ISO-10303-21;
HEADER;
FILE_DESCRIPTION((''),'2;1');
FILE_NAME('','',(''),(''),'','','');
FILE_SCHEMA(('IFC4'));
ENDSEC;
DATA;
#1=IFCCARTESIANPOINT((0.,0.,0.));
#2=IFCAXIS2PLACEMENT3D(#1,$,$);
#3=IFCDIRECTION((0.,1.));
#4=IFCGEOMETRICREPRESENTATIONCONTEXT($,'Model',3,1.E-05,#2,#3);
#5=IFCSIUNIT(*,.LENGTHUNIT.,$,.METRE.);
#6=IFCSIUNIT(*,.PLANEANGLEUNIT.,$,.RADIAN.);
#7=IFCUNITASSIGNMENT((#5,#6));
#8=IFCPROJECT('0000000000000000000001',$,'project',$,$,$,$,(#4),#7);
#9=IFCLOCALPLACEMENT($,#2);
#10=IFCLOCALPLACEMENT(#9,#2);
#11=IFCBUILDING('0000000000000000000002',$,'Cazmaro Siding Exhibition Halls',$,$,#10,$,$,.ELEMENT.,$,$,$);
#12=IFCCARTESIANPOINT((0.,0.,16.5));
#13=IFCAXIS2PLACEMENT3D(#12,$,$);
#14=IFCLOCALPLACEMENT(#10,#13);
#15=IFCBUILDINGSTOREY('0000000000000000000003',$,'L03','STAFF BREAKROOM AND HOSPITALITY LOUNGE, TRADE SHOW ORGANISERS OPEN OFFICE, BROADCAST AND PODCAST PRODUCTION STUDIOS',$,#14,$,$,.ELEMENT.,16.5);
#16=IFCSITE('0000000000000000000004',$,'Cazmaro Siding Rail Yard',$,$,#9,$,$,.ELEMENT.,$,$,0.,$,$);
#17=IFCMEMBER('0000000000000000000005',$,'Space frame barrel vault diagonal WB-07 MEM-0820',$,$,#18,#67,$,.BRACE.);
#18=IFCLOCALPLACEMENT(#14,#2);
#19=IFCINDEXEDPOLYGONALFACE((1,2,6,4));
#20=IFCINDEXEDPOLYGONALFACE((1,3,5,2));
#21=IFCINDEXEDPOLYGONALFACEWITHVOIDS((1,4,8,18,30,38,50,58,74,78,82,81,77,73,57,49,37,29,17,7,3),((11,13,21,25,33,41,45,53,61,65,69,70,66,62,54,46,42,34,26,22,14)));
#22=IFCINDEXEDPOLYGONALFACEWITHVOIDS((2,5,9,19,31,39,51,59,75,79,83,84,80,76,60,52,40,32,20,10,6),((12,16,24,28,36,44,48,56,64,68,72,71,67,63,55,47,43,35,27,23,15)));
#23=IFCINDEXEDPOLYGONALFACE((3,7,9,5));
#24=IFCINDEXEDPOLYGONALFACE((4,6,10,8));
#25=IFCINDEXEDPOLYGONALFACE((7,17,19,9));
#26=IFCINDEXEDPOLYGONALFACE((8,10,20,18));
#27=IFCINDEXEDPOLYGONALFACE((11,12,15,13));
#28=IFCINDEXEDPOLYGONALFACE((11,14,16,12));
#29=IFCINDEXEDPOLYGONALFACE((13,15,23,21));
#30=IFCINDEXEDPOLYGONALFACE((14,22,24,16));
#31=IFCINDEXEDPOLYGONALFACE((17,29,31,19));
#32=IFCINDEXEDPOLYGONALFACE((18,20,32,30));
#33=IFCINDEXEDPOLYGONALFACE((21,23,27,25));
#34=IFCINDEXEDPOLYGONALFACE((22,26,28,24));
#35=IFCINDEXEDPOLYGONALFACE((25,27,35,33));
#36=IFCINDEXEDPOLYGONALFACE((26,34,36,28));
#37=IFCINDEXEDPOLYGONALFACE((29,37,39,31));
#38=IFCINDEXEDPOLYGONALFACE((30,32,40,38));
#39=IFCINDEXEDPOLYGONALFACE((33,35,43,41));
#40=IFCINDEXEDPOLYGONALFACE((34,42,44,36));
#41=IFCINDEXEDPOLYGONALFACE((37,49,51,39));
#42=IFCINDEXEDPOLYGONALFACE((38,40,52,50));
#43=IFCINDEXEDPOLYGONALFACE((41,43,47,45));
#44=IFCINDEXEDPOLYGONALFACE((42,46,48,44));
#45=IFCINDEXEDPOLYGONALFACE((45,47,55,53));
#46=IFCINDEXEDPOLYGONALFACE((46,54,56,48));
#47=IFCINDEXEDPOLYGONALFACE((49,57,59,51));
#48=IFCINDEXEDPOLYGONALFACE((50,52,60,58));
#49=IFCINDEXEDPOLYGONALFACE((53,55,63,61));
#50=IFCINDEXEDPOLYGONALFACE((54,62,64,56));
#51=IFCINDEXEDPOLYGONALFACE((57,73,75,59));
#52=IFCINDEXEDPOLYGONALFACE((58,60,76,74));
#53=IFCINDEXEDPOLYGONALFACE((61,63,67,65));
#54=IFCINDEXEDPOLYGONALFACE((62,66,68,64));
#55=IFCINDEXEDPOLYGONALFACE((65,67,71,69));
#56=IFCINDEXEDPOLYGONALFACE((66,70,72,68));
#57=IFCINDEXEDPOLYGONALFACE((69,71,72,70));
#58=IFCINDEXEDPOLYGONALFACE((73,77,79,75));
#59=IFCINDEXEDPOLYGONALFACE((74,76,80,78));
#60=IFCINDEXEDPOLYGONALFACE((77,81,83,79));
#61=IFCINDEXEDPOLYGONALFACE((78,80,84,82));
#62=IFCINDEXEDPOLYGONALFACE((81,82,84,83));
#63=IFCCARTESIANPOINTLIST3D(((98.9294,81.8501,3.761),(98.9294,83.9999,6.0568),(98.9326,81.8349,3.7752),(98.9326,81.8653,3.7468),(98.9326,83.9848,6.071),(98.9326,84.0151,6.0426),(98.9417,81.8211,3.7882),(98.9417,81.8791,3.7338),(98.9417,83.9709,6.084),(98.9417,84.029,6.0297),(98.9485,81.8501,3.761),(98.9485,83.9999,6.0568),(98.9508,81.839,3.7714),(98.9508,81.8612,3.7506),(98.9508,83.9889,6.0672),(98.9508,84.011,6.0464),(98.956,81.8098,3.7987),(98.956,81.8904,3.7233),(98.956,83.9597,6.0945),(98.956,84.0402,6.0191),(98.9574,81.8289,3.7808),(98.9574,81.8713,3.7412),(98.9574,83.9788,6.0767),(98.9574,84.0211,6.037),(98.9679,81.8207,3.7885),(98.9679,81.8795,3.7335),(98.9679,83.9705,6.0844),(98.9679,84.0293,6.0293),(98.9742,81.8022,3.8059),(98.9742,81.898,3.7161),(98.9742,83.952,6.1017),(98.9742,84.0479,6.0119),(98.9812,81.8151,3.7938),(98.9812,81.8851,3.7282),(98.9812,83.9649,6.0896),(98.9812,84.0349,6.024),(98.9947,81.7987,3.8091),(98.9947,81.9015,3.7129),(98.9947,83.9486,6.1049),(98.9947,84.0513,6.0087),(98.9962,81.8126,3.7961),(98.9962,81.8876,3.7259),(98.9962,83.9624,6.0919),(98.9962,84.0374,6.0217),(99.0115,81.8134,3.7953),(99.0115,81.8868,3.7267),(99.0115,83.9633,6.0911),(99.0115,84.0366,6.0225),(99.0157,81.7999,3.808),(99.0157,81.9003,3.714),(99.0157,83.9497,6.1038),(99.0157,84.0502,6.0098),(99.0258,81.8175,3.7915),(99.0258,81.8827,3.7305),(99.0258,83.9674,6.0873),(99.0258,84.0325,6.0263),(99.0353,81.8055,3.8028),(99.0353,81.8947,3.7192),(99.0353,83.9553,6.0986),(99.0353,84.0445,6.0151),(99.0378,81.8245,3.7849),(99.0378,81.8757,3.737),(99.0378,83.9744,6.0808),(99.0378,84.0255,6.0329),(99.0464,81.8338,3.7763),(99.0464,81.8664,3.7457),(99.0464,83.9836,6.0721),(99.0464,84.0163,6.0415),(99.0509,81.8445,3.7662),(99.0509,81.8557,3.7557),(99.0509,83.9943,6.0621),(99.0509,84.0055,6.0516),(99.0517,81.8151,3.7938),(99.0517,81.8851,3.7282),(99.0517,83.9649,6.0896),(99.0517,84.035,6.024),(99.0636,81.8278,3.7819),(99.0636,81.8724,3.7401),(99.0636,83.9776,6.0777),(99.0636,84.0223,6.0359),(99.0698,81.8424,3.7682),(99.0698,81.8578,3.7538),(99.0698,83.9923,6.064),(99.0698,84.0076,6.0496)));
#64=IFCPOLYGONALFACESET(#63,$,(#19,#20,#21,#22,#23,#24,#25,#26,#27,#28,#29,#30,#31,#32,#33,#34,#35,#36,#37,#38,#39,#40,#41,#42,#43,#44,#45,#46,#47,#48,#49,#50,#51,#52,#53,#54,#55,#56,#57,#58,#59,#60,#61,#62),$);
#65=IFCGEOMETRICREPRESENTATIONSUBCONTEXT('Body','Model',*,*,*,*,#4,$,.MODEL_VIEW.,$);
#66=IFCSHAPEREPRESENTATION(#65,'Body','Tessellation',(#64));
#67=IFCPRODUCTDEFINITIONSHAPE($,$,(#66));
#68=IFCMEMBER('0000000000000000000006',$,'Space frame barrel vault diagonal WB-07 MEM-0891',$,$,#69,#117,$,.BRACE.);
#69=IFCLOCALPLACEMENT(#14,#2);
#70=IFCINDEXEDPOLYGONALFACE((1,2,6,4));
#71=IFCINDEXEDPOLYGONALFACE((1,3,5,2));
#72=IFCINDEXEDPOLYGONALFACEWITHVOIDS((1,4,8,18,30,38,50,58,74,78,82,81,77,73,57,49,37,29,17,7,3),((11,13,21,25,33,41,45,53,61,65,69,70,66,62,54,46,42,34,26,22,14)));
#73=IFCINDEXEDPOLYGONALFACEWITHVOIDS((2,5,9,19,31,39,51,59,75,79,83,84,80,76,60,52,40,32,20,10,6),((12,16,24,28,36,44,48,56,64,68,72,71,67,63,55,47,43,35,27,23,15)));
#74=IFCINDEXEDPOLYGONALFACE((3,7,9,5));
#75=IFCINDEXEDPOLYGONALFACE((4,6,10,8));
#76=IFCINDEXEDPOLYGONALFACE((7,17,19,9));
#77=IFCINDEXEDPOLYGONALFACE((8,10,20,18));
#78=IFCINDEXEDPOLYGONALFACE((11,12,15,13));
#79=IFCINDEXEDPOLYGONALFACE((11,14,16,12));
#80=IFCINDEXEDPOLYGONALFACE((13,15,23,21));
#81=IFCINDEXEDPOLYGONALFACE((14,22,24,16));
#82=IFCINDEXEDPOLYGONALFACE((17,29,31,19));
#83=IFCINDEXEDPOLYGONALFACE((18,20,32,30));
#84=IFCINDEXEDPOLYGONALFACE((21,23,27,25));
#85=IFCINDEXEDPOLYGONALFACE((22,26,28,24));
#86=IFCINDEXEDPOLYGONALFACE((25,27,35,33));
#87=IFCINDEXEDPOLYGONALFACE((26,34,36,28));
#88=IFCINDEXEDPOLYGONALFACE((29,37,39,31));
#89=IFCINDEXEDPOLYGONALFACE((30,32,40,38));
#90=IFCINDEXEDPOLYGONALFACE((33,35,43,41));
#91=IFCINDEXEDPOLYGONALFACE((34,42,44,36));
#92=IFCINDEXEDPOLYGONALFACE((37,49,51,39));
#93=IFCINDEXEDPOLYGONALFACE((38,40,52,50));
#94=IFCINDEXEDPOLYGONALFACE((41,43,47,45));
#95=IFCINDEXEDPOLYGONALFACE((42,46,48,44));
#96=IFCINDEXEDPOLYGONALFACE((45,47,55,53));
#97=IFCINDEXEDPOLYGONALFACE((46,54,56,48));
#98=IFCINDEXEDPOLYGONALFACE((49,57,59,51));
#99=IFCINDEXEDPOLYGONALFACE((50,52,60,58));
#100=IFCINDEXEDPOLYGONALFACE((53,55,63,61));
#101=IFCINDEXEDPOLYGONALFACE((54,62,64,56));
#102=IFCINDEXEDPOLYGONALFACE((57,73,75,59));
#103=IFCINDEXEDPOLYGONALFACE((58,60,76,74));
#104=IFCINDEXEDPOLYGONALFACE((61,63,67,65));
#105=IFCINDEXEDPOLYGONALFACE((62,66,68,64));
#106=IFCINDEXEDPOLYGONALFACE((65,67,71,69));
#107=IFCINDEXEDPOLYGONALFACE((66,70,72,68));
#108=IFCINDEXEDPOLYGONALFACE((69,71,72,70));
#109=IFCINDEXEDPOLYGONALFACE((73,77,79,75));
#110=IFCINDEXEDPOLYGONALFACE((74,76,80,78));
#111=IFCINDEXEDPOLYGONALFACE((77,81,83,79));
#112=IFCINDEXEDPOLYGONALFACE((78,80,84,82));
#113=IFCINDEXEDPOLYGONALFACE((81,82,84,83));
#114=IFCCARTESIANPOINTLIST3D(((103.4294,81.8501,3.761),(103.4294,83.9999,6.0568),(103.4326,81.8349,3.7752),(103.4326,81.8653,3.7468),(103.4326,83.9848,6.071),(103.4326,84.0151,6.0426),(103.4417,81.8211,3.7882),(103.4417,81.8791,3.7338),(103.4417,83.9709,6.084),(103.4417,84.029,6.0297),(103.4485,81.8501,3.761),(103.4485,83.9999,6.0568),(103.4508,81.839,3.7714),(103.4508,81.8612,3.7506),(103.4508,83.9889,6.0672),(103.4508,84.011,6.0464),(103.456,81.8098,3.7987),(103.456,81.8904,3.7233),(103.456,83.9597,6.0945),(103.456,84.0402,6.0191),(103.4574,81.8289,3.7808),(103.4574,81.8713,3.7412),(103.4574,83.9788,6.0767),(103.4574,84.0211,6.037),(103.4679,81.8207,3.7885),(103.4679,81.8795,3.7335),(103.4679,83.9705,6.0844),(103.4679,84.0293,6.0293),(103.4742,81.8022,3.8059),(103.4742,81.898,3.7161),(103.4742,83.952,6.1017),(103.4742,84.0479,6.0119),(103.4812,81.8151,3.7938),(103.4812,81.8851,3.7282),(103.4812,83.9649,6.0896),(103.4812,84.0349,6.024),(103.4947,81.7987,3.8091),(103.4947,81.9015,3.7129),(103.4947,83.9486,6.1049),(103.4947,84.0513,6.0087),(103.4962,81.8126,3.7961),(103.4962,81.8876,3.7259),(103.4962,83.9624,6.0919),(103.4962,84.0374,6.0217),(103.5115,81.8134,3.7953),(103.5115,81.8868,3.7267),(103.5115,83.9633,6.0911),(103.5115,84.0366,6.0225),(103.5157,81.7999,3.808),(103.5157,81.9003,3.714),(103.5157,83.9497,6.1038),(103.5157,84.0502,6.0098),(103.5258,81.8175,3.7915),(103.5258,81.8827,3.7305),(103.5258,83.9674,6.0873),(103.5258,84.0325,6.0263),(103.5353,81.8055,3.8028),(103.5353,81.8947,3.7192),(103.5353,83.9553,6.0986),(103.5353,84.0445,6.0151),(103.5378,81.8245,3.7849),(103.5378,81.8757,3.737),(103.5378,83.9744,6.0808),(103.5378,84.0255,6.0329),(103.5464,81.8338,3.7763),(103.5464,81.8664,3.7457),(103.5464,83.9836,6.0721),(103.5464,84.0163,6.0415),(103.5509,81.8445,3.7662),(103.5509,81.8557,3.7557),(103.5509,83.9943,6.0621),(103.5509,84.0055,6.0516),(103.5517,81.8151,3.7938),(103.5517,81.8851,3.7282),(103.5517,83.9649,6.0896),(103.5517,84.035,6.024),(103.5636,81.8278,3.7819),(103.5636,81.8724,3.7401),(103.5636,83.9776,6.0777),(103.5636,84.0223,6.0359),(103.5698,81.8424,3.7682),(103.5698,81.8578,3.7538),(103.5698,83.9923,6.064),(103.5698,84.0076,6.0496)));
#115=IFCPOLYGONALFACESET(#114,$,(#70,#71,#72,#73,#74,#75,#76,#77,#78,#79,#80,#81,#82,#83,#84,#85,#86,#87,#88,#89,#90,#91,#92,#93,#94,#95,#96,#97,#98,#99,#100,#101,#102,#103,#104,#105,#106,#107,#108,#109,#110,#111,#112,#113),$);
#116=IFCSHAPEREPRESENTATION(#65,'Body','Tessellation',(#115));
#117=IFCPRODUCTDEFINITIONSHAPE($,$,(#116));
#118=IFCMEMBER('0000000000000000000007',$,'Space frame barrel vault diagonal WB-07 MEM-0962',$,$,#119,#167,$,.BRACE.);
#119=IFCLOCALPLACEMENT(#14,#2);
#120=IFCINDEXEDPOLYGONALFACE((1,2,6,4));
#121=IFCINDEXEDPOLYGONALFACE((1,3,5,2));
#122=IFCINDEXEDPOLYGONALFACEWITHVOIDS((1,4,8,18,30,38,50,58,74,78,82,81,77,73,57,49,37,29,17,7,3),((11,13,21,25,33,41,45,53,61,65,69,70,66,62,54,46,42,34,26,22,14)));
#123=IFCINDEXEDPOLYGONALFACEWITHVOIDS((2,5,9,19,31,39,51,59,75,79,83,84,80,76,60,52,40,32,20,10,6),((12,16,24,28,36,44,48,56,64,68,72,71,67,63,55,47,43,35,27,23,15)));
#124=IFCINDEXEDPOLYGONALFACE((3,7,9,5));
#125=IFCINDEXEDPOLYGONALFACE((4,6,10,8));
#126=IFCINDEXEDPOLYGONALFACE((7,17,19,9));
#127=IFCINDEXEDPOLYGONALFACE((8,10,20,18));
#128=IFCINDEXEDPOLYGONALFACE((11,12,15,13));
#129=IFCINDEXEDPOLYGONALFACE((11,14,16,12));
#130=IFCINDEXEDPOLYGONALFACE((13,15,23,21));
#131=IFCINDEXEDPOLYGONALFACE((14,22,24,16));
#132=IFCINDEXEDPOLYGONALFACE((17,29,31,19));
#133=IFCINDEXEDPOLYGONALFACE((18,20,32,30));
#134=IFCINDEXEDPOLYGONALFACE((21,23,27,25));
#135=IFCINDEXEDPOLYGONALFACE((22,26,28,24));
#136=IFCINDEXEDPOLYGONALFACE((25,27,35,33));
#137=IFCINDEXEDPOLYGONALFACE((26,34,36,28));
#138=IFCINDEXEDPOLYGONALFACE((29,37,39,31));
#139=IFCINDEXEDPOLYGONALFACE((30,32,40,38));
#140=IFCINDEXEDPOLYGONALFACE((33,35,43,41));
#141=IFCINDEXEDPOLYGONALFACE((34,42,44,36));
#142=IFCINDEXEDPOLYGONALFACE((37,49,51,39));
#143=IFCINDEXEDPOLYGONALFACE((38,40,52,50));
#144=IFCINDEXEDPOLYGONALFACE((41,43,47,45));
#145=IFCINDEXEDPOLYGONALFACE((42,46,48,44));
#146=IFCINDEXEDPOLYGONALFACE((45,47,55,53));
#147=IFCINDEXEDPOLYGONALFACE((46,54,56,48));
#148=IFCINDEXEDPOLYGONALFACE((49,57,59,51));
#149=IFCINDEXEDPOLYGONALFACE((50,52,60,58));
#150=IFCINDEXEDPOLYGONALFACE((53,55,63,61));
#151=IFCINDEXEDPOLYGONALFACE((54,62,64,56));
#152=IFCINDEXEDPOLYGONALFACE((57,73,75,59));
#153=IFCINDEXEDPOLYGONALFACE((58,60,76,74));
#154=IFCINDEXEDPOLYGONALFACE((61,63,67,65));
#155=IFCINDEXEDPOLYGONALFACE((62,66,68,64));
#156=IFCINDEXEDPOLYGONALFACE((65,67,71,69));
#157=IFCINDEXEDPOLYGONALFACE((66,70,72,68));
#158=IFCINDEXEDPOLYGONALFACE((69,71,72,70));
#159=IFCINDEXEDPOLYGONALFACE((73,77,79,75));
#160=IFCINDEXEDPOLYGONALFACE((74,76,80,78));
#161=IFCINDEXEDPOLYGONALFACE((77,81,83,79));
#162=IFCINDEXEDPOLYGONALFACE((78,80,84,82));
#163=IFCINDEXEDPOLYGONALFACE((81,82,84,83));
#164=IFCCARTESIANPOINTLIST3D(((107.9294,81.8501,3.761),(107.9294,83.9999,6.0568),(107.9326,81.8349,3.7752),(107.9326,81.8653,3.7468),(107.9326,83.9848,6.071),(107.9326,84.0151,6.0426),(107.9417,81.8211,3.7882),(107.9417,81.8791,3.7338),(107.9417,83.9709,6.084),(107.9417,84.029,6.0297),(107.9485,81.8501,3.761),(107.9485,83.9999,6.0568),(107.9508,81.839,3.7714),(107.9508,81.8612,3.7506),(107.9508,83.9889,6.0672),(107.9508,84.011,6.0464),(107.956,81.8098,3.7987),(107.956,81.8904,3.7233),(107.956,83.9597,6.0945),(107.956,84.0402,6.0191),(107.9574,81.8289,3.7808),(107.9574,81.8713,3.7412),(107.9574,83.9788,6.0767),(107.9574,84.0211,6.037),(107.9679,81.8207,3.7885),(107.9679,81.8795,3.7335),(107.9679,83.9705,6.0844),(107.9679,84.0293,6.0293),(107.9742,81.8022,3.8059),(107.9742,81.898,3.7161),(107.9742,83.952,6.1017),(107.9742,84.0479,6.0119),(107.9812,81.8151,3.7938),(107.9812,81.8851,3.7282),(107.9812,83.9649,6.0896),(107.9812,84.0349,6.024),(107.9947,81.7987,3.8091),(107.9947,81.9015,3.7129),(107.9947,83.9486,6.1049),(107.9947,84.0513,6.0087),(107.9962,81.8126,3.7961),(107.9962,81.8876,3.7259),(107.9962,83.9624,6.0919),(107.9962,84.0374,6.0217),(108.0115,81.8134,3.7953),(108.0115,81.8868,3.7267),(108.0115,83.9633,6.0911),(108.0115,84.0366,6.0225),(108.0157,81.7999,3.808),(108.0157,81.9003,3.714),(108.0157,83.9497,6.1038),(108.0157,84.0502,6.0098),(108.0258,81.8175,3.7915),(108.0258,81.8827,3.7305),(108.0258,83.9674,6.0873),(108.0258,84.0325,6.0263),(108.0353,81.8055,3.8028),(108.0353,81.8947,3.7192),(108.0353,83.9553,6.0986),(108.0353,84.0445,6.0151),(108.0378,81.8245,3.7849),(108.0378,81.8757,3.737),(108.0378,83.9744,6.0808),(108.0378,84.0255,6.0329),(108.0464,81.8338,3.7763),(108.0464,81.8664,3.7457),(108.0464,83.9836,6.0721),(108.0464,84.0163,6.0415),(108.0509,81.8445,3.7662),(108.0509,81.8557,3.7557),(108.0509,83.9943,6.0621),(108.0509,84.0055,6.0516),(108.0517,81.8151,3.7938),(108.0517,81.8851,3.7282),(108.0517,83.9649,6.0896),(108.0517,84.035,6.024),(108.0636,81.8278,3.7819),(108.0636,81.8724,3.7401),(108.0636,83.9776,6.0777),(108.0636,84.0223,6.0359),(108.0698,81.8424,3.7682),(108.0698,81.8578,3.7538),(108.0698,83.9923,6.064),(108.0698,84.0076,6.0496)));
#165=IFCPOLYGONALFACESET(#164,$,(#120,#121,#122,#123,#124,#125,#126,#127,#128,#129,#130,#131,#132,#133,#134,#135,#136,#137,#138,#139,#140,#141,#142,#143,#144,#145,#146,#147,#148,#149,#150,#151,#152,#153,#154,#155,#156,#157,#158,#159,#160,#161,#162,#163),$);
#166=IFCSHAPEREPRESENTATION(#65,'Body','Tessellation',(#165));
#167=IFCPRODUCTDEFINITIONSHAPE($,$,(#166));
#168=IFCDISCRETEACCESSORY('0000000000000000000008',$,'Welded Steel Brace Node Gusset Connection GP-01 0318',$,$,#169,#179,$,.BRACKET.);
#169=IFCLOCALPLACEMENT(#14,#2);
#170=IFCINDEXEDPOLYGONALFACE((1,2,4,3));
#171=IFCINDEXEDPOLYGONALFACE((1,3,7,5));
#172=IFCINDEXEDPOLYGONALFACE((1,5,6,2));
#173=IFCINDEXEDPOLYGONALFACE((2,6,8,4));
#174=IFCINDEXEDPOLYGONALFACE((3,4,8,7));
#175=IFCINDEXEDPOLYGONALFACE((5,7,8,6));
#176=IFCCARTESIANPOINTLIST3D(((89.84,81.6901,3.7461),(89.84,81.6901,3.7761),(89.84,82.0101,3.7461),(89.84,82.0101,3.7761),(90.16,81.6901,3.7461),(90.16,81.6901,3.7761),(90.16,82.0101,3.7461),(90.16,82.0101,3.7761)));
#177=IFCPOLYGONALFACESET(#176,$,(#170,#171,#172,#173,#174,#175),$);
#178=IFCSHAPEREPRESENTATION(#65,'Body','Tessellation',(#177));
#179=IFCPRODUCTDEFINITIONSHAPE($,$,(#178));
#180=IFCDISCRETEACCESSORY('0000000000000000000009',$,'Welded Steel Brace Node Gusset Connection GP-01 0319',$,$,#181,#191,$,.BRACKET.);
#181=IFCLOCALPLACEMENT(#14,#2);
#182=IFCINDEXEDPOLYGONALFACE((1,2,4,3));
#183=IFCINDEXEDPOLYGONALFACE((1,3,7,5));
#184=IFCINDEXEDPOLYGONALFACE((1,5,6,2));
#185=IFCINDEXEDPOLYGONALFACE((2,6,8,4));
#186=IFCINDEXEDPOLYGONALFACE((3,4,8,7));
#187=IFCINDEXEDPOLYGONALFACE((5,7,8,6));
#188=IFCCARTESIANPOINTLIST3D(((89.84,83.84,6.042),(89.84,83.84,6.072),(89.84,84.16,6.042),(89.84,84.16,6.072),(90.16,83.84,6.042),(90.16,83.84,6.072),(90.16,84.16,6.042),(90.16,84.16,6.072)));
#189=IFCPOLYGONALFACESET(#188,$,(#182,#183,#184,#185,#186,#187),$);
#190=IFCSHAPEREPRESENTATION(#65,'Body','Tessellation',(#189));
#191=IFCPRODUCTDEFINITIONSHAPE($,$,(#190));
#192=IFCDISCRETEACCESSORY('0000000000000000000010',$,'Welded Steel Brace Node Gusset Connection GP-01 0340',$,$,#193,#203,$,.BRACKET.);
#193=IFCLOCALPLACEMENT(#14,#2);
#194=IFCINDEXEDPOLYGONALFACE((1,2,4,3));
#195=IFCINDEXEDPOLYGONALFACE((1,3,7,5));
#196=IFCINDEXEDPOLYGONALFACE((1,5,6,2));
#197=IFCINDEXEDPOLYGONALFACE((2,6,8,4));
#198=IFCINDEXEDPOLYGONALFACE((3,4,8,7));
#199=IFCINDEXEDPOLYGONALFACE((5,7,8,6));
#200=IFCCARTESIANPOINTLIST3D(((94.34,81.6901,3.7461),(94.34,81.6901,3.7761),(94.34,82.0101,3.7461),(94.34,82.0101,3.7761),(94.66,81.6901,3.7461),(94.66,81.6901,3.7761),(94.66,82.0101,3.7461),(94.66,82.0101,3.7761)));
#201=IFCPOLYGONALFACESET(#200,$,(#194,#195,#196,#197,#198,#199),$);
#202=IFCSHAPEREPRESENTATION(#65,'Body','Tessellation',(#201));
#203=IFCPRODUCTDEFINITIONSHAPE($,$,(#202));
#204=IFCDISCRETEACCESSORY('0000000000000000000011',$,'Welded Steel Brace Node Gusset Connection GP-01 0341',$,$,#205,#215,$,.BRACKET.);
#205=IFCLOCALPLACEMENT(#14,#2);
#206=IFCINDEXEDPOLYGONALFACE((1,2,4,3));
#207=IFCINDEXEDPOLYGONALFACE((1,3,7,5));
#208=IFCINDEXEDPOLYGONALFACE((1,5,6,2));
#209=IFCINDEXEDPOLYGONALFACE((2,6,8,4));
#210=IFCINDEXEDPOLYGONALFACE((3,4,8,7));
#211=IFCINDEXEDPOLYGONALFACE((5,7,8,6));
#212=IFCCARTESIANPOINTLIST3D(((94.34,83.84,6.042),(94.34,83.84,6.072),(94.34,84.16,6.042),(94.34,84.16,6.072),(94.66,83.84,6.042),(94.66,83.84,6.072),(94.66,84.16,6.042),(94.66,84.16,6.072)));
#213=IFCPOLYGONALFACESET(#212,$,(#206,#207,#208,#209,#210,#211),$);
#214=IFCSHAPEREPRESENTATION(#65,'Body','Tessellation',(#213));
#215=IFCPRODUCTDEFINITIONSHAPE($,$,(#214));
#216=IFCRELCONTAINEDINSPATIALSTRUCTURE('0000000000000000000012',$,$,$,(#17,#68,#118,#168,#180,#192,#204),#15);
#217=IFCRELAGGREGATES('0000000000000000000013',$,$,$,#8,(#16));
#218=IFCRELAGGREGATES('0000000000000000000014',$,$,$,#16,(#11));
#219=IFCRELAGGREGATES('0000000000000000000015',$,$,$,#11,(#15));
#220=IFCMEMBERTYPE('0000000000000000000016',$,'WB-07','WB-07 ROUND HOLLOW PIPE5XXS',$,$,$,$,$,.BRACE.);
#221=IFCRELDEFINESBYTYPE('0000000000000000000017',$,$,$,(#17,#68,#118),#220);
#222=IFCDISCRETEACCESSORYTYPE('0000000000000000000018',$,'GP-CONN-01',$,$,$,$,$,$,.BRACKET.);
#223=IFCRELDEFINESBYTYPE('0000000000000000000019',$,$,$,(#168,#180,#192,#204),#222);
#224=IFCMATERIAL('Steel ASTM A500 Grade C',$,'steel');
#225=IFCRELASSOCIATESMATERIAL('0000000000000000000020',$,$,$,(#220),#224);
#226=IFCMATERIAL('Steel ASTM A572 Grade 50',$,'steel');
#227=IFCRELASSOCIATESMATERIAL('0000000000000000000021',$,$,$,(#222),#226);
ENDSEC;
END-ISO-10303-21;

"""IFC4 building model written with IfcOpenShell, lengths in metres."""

from ifc_helpers import new_model, si_unit, direction, frame, origin, origin_2d, place, context, subcontext, project, spatial, rectangle, hollow_circle, extrude, material, material_profile, profile_set, type_object, element, save


model = new_model("IFC4")

# Units and contexts
model_context = context("Model", 3, precision=1e-05, world=origin(), true_north=direction((0.0, 1.0)))
body_context = subcontext(model_context, "Body", "Model", "MODEL_VIEW")
ifc_project = project(units=[si_unit("LENGTHUNIT", "METRE"), si_unit("PLANEANGLEUNIT", "RADIAN")], contexts=[model_context])

# Site, building, storey
site_placement = place(None, origin())
site = spatial("IfcSite", under=ifc_project, at=site_placement, Name="Cazmaro Siding Rail Yard", CompositionType="ELEMENT", RefElevation=0.0)
building_placement = place(site_placement, origin())
building = spatial("IfcBuilding", under=site, at=building_placement, Name="Cazmaro Siding Exhibition Halls", CompositionType="ELEMENT")
storey_placement = place(building_placement, frame((0.0, 0.0, 16.5)))
storey = spatial("IfcBuildingStorey", under=building, at=storey_placement, Name="L03", Description="STAFF BREAKROOM AND HOSPITALITY LOUNGE, TRADE SHOW ORGANISERS OPEN OFFICE, BROADCAST AND PODCAST PRODUCTION STUDIOS", CompositionType="ELEMENT", Elevation=16.5)

# Members
ifc_material_1 = material(Name="Steel ASTM A500 Grade C", Category="steel")
ifc_material_profile_1 = material_profile(ifc_material_1, hollow_circle(Radius=0.0706, WallThickness=0.019, at=origin_2d()), Name="PIPE5XXS")
ifc_profile_set_1 = profile_set([ifc_material_profile_1], Name="Steel ASTM A500 Grade C")
member_type_1 = type_object("IfcMemberType", Name="WB-07", Description="WB-07 ROUND HOLLOW PIPE5XXS", PredefinedType="BRACE", material=ifc_profile_set_1)
for number, where, z_axis, x_axis, name in (
    (1, (99.0, 81.8501, 3.761), (0.0, 0.683518, 0.729934), (-1.0, 0.0, 0.0), "Space frame barrel vault diagonal WB-07 MEM-0820"),
    (2, (103.5, 81.8501, 3.761), (0.0, 0.683518, 0.729934), (-1.0, 0.0, 0.0), "Space frame barrel vault diagonal WB-07 MEM-0891"),
    (3, (108.0, 81.8501, 3.761), (0.0, 0.683518, 0.729934), (-1.0, 0.0, 0.0), "Space frame barrel vault diagonal WB-07 MEM-0962"),
):
    element("IfcMember", number, at=place(storey_placement, frame(where, z_axis=z_axis, x_axis=x_axis)), inside=storey, type_object=member_type_1, Name=name, PredefinedType="BRACE", context=body_context, shape_type="SweptSolid", body=[
        extrude(hollow_circle(Radius=0.0706, WallThickness=0.019, at=origin_2d()), origin(), (0.0, 0.0, 1.0), 3.1453),
    ])

# Discrete accessories
ifc_material_2 = material(Name="Steel ASTM A572 Grade 50", Category="steel")
discrete_accessory_type = type_object("IfcDiscreteAccessoryType", Name="GP-CONN-01", PredefinedType="BRACKET", material=ifc_material_2)
for number, where, z_axis, x_axis, name in (
    (4, (90.0, 81.8501, 3.7461), (0.0, 0.0, 1.0), (1.0, 0.0, 0.0), "Welded Steel Brace Node Gusset Connection GP-01 0318"),
    (5, (90.0, 84.0, 6.042), (0.0, 0.0, 1.0), (1.0, 0.0, 0.0), "Welded Steel Brace Node Gusset Connection GP-01 0319"),
    (6, (94.5, 81.8501, 3.7461), (0.0, 0.0, 1.0), (1.0, 0.0, 0.0), "Welded Steel Brace Node Gusset Connection GP-01 0340"),
    (7, (94.5, 84.0, 6.042), (0.0, 0.0, 1.0), (1.0, 0.0, 0.0), "Welded Steel Brace Node Gusset Connection GP-01 0341"),
):
    element("IfcDiscreteAccessory", number, at=place(storey_placement, frame(where, z_axis=z_axis, x_axis=x_axis)), inside=storey, type_object=discrete_accessory_type, Name=name, PredefinedType="BRACKET", context=body_context, shape_type="SweptSolid", body=[
        extrude(rectangle(XDim=0.3201, YDim=0.3201, at=origin_2d()), origin(), (0.0, 0.0, 1.0), 0.03),
    ])

save(model, "model.ifc")
